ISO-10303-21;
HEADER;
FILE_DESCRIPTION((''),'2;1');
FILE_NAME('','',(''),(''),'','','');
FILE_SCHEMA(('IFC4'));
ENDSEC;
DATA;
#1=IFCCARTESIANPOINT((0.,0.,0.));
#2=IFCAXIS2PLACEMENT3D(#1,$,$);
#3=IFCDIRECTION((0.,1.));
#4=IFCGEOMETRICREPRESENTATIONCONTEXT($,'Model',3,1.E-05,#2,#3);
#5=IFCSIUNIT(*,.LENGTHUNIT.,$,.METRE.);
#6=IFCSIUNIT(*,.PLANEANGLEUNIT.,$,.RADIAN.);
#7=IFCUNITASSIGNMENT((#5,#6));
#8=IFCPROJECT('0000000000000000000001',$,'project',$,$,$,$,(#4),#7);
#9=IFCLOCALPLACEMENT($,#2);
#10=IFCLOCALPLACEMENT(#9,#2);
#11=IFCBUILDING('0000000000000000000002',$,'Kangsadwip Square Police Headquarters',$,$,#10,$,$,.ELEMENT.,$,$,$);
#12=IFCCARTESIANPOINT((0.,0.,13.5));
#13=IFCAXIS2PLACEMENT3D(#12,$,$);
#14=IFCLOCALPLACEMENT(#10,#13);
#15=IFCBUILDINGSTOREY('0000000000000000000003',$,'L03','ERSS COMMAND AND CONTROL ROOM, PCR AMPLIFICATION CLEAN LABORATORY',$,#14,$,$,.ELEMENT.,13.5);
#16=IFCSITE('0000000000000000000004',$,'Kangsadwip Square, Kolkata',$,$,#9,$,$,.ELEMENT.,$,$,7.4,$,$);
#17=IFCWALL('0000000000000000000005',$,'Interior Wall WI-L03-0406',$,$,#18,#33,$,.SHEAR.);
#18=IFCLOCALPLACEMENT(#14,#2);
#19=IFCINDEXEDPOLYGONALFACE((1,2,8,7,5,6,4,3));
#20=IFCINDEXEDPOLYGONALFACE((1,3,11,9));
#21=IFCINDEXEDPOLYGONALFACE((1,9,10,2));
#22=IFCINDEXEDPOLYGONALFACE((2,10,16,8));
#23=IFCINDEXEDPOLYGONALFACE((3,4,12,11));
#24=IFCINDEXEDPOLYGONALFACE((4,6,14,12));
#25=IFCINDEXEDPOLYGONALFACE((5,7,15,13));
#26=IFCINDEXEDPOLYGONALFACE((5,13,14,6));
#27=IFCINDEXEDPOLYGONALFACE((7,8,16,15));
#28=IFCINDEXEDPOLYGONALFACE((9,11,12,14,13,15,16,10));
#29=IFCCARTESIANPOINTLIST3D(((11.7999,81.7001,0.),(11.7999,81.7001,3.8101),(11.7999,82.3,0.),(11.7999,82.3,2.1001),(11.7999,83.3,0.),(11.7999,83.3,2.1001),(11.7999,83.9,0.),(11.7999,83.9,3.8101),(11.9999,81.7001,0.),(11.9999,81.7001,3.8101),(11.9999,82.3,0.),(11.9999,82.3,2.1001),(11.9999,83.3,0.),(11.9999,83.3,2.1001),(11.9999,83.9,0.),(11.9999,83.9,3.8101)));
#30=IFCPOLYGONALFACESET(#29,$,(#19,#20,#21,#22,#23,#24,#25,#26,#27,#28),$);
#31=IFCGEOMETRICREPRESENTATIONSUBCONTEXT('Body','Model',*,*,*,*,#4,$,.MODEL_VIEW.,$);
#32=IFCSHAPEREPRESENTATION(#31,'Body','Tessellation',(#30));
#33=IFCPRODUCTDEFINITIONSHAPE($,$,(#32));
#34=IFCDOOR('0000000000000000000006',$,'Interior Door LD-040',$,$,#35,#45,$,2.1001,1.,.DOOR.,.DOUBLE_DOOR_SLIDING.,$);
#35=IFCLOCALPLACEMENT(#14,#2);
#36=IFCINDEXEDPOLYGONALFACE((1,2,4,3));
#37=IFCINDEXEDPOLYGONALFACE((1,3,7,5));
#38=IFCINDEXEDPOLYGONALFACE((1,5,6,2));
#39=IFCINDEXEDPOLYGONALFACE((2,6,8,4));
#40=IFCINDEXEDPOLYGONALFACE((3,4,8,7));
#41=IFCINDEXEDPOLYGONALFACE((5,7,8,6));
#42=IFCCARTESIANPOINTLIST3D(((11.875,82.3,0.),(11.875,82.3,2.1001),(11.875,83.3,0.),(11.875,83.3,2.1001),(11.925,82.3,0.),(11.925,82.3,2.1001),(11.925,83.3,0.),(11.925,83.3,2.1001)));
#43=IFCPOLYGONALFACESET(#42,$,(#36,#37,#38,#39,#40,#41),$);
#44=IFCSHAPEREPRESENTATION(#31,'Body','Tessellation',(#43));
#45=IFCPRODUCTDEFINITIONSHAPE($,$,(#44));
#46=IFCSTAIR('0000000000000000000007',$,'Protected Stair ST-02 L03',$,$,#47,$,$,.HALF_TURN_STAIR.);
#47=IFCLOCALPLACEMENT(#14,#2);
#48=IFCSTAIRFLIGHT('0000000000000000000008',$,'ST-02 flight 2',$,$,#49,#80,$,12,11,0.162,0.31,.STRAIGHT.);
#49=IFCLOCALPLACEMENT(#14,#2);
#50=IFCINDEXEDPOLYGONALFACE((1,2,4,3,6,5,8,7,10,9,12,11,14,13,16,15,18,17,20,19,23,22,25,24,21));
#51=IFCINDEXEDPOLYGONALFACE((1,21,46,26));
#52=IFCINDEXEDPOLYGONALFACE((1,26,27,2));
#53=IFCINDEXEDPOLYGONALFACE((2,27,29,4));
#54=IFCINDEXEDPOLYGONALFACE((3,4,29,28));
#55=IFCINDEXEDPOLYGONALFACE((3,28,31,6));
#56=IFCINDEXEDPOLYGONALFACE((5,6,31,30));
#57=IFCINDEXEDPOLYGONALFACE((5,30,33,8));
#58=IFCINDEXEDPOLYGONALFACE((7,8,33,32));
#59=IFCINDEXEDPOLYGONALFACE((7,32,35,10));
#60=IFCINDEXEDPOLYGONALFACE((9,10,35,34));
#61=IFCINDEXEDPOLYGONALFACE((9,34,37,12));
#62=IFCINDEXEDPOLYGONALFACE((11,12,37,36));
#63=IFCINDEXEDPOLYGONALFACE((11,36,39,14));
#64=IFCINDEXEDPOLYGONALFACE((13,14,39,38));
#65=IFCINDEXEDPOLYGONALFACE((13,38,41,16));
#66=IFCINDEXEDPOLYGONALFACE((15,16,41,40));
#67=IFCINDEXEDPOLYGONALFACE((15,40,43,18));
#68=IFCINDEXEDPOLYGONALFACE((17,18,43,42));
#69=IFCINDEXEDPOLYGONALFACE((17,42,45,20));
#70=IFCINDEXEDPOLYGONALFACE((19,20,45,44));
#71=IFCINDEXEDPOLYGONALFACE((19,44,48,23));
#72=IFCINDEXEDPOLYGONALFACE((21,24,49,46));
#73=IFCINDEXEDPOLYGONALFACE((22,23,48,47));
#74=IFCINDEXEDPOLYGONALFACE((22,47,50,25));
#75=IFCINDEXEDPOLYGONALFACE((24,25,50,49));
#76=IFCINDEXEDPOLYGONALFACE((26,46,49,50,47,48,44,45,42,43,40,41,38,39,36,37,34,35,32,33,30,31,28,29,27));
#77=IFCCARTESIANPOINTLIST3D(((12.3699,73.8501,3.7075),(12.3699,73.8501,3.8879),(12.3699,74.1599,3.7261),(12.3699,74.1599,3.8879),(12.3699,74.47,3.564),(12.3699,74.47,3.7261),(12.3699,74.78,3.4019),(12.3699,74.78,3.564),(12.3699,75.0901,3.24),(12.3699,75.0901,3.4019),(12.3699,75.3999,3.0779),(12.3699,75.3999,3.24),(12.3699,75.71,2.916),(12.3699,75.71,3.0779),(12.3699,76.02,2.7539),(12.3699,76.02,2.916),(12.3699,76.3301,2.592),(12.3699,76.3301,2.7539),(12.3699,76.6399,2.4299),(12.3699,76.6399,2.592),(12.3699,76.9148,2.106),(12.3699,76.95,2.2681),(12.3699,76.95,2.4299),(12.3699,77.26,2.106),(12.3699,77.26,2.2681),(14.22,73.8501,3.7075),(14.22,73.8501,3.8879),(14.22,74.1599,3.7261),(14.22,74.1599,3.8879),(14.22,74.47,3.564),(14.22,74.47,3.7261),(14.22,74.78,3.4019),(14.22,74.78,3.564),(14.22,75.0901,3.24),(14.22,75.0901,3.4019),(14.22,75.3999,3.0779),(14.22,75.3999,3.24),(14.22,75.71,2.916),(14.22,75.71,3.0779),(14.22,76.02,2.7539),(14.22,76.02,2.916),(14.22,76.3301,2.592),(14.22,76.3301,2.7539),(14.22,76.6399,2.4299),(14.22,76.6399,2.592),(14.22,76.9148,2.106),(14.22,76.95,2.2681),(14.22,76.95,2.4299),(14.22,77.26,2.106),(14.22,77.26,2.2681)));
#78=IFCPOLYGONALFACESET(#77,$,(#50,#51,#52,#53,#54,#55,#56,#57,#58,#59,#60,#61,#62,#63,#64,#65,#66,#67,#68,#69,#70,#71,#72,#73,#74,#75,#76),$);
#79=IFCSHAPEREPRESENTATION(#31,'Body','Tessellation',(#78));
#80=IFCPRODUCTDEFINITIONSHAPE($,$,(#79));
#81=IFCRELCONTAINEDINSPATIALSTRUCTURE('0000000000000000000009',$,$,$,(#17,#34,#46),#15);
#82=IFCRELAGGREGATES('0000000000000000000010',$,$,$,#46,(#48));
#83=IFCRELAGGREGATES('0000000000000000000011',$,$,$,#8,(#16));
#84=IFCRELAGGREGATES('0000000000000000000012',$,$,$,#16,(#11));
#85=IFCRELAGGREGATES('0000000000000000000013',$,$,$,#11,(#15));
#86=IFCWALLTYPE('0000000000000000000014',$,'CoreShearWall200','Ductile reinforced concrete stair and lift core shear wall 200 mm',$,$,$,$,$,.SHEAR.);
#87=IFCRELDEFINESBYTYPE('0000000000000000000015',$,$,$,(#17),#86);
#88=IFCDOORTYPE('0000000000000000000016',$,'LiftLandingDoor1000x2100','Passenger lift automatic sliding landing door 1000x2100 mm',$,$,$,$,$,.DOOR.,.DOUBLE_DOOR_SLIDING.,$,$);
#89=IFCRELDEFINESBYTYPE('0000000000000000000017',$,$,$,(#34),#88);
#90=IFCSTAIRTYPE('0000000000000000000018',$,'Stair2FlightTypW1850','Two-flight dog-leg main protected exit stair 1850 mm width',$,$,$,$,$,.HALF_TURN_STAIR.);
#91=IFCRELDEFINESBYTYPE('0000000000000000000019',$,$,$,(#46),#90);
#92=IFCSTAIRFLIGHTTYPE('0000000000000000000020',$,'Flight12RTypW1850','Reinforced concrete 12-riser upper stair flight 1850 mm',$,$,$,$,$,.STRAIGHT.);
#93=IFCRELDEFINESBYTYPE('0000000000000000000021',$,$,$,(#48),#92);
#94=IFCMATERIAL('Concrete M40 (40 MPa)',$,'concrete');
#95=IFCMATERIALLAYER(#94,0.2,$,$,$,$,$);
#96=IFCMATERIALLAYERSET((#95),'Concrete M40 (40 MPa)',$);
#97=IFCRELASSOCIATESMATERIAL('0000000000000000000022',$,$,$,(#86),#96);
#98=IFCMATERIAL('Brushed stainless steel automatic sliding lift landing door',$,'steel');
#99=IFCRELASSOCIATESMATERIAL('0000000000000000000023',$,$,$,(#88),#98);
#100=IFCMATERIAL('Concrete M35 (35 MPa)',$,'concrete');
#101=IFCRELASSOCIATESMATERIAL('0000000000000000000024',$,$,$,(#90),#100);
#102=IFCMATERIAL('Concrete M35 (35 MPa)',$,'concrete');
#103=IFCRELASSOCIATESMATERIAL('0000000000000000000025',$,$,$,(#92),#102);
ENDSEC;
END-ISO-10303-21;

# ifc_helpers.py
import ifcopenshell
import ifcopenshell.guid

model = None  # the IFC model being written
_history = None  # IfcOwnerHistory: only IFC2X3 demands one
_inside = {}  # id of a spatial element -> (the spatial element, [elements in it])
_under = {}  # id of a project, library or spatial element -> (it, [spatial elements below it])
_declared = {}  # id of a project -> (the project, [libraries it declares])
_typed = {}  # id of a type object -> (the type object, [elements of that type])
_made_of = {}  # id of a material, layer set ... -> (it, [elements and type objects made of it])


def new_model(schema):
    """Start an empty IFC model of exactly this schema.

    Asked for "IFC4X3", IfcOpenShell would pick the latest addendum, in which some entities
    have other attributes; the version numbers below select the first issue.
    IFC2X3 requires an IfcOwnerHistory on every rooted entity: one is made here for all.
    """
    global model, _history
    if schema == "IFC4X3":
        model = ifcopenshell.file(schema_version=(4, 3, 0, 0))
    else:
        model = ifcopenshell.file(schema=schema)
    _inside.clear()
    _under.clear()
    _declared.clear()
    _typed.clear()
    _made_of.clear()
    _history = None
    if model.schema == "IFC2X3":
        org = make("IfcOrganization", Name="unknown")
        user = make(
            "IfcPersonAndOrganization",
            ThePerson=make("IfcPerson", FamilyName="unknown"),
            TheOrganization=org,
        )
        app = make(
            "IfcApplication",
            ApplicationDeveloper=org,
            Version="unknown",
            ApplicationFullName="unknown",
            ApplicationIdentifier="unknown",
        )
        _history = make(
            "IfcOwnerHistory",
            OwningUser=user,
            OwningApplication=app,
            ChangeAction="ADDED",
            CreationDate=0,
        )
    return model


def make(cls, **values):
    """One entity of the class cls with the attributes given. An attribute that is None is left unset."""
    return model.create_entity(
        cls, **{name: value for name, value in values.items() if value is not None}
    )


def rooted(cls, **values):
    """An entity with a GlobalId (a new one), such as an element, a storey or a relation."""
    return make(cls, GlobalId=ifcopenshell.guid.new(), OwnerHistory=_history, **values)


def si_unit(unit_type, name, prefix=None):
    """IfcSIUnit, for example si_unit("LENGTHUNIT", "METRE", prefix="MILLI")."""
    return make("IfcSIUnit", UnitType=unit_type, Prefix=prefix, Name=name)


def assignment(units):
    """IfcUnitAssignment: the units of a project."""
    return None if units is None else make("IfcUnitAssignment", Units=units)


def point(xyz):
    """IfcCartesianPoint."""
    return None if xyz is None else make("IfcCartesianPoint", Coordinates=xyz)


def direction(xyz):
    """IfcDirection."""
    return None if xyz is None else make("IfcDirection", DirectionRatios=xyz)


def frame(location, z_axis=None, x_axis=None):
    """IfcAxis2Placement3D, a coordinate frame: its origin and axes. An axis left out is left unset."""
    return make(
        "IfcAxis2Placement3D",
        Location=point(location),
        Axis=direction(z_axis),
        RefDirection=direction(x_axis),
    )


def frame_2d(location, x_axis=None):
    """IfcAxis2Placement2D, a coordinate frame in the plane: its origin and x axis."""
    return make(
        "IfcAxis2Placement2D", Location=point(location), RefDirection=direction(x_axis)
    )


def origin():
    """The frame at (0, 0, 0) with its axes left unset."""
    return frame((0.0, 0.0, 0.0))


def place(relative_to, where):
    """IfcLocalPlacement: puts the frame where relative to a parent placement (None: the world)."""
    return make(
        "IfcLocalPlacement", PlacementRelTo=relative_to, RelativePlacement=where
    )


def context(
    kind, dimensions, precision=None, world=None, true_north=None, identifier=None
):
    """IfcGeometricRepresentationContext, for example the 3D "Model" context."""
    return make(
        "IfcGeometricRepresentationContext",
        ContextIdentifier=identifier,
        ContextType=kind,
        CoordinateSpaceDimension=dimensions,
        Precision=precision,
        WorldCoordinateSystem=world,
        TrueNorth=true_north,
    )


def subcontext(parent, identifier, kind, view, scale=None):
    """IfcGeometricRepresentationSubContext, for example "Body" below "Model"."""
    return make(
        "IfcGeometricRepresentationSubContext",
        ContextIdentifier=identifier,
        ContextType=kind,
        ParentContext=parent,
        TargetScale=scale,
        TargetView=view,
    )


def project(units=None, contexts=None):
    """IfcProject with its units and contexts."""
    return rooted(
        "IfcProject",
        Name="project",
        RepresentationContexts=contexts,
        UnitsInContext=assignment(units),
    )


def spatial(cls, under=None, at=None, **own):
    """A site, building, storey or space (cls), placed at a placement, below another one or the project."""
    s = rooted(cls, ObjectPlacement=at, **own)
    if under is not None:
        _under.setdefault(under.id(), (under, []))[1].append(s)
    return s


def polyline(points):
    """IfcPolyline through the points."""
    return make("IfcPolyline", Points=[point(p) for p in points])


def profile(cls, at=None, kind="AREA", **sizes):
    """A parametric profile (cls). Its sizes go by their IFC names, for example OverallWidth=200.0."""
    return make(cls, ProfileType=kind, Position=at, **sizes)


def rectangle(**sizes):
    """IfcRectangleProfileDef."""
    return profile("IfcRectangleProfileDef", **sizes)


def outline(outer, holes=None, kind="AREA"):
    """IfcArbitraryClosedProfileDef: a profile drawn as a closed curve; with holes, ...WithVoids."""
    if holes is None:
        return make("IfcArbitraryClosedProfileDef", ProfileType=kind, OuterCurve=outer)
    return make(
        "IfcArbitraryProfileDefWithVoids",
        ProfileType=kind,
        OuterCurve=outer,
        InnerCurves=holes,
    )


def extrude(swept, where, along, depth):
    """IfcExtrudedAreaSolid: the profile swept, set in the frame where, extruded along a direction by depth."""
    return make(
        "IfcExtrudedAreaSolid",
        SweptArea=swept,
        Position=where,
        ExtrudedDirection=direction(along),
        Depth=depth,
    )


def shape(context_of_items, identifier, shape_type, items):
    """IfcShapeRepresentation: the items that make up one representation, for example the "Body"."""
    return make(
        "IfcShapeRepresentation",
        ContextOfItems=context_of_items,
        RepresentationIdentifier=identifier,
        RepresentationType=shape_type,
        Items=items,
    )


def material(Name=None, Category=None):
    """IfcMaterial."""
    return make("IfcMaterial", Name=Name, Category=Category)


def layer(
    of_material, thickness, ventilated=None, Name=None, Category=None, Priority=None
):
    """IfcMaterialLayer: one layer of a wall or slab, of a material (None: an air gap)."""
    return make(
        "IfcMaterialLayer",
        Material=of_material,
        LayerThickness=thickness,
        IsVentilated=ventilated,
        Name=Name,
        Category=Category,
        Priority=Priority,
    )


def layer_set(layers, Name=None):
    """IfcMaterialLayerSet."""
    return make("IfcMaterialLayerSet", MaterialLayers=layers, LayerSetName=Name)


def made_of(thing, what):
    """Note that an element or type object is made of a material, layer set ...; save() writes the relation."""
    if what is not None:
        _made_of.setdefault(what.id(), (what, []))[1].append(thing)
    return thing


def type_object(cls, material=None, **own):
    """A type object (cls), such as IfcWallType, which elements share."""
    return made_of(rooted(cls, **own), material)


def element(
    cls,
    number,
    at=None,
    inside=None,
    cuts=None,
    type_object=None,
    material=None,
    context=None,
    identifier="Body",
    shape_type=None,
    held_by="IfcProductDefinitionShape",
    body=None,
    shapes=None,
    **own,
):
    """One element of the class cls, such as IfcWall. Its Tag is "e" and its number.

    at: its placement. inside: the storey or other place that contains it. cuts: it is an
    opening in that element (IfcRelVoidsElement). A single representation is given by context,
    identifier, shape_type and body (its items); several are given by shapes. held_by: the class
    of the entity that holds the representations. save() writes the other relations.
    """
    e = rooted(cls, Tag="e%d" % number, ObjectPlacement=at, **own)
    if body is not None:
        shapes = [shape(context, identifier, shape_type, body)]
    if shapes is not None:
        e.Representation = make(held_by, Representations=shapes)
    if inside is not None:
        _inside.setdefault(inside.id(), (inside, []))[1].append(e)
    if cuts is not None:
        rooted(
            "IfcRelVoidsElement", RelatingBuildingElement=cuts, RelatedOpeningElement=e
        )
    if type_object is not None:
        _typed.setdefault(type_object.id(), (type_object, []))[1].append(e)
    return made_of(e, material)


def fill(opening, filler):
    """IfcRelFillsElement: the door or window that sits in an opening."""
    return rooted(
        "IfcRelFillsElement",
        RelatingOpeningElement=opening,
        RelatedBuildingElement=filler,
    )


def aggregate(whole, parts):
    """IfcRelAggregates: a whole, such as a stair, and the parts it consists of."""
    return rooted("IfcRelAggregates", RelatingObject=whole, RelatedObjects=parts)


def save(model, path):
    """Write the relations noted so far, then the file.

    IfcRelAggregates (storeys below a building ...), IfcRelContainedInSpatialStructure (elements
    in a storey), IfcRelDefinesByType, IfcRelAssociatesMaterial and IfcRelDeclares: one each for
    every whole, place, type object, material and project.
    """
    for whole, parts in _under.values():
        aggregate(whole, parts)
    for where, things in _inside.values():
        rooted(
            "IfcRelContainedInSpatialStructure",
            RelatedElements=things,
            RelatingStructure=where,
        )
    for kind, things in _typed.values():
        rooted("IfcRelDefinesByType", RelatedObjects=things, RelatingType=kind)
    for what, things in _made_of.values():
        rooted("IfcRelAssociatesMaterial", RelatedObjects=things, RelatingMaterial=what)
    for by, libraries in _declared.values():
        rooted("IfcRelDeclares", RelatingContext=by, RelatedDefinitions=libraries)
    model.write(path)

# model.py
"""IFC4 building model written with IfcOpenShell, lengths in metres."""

from ifc_helpers import new_model, si_unit, direction, frame, frame_2d, origin, place, context, subcontext, project, spatial, polyline, rectangle, outline, extrude, material, layer, layer_set, type_object, element, fill, aggregate, save


model = new_model("IFC4")

# Units and contexts
model_context = context("Model", 3, precision=1e-05, world=origin(), true_north=direction((0.0, 1.0)))
body_context = subcontext(model_context, "Body", "Model", "MODEL_VIEW")
ifc_project = project(units=[si_unit("LENGTHUNIT", "METRE"), si_unit("PLANEANGLEUNIT", "RADIAN")], contexts=[model_context])

# Site, building, storey
site_placement = place(None, origin())
site = spatial("IfcSite", under=ifc_project, at=site_placement, Name="Kangsadwip Square, Kolkata", CompositionType="ELEMENT", RefElevation=7.4)
building_placement = place(site_placement, origin())
building = spatial("IfcBuilding", under=site, at=building_placement, Name="Kangsadwip Square Police Headquarters", CompositionType="ELEMENT")
storey_placement = place(building_placement, frame((0.0, 0.0, 13.5)))
storey = spatial("IfcBuildingStorey", under=building, at=storey_placement, Name="L03", Description="ERSS COMMAND AND CONTROL ROOM, PCR AMPLIFICATION CLEAN LABORATORY", CompositionType="ELEMENT", Elevation=13.5)

# Shared definitions
ifc_material_1 = material(Name="Concrete M40 (40 MPa)", Category="concrete")
ifc_layer_1 = layer(ifc_material_1, 0.2)
ifc_layer_set_1 = layer_set([ifc_layer_1], Name="Concrete M40 (40 MPa)")
wall_type_1 = type_object("IfcWallType", Name="CoreShearWall200", Description="Ductile reinforced concrete stair and lift core shear wall 200 mm", PredefinedType="SHEAR", material=ifc_layer_set_1)

# Wall, opening, door
wall_1_placement = place(storey_placement, frame((11.8999, 81.7, 0.0), z_axis=(0.0, 0.0, 1.0), x_axis=(0.0, 1.0, 0.0)))
wall_1 = element("IfcWall", 1, at=wall_1_placement, inside=storey, type_object=wall_type_1, Name="Interior Wall WI-L03-0406", PredefinedType="SHEAR", context=body_context, shape_type="SweptSolid", body=[
    extrude(rectangle(XDim=2.2, YDim=0.2, at=frame_2d((1.1001, 0.0))), origin(), (0.0, 0.0, 1.0), 3.8101),
])
opening_1_placement = place(wall_1_placement, frame((0.6001, 0.0, 0.0)))
opening_1 = element("IfcOpeningElement", 2, at=opening_1_placement, cuts=wall_1, PredefinedType="OPENING", context=body_context, shape_type="SweptSolid", body=[
    extrude(rectangle(XDim=1.0, YDim=2.1001, at=frame_2d((0.5, 1.05))), frame((0.0, 0.1099, 0.0), z_axis=(0.0, -1.0, 0.0), x_axis=(1.0, 0.0, 0.0)), (0.0, 0.0, 1.0), 0.22),
])
ifc_material_2 = material(Name="Brushed stainless steel automatic sliding lift landing door", Category="steel")
door_type = type_object("IfcDoorType", Name="LiftLandingDoor1000x2100", Description="Passenger lift automatic sliding landing door 1000x2100 mm", OperationType="DOUBLE_DOOR_SLIDING", PredefinedType="DOOR", material=ifc_material_2)
door_placement = place(opening_1_placement, origin())
door = element("IfcDoor", 3, at=door_placement, inside=storey, type_object=door_type, Name="Interior Door LD-040", OperationType="DOUBLE_DOOR_SLIDING", OverallHeight=2.1001, OverallWidth=1.0, PredefinedType="DOOR", context=body_context, shape_type="SweptSolid", body=[
    extrude(rectangle(XDim=1.0, YDim=2.1001, at=frame_2d((0.5, 1.05))), frame((0.0, 0.0249, 0.0), z_axis=(0.0, -1.0, 0.0), x_axis=(1.0, 0.0, 0.0)), (0.0, 0.0, 1.0), 0.05),
])
fill(opening_1, door)

# Stair, stair flight
ifc_material_3 = material(Name="Concrete M35 (35 MPa)", Category="concrete")
stair_type = type_object("IfcStairType", Name="Stair2FlightTypW1850", Description="Two-flight dog-leg main protected exit stair 1850 mm width", PredefinedType="HALF_TURN_STAIR", material=ifc_material_3)
stair_placement = place(storey_placement, origin())
stair = element("IfcStair", 4, at=stair_placement, inside=storey, type_object=stair_type, Name="Protected Stair ST-02 L03", PredefinedType="HALF_TURN_STAIR")
ifc_material_4 = material(Name="Concrete M35 (35 MPa)", Category="concrete")
stair_flight_type = type_object("IfcStairFlightType", Name="Flight12RTypW1850", Description="Reinforced concrete 12-riser upper stair flight 1850 mm", PredefinedType="STRAIGHT", material=ifc_material_4)
stair_flight_placement = place(storey_placement, frame((13.2949, 77.26, 2.106), z_axis=(0.0, 0.0, 1.0), x_axis=(0.0, -1.0, 0.0)))
stair_flight = element("IfcStairFlight", 5, at=stair_flight_placement, type_object=stair_flight_type, Name="ST-02 flight 2", NumberOfRisers=12, NumberOfTreads=11, PredefinedType="STRAIGHT", RiserHeight=0.162, TreadLength=0.31, context=body_context, shape_type="SweptSolid", body=[
    extrude(outline(polyline([(0.0, 0.0), (0.0, 0.1621), (0.3101, 0.1621), (0.3101, 0.324), (0.6201, 0.324), (0.6201, 0.4861), (0.9299, 0.4861), (0.9299, 0.6479), (1.24, 0.6479), (1.24, 0.8101), (1.55, 0.8101), (1.55, 0.9719), (1.8601, 0.9719), (1.8601, 1.134), (2.1699, 1.134), (2.1699, 1.2959), (2.48, 1.2959), (2.48, 1.458), (2.79, 1.458), (2.79, 1.6201), (3.1001, 1.6201), (3.1001, 1.782), (3.4099, 1.782), (3.4099, 1.9441), (3.4099, 1.6016), (0.3452, 0.0), (0.0, 0.0)])), frame((0.0, 0.925, 0.0), z_axis=(0.0, -1.0, 0.0), x_axis=(1.0, 0.0, 0.0)), (0.0, 0.0, 1.0), 1.8501),
])
aggregate(stair, [stair_flight])

save(model, "model.ifc")
